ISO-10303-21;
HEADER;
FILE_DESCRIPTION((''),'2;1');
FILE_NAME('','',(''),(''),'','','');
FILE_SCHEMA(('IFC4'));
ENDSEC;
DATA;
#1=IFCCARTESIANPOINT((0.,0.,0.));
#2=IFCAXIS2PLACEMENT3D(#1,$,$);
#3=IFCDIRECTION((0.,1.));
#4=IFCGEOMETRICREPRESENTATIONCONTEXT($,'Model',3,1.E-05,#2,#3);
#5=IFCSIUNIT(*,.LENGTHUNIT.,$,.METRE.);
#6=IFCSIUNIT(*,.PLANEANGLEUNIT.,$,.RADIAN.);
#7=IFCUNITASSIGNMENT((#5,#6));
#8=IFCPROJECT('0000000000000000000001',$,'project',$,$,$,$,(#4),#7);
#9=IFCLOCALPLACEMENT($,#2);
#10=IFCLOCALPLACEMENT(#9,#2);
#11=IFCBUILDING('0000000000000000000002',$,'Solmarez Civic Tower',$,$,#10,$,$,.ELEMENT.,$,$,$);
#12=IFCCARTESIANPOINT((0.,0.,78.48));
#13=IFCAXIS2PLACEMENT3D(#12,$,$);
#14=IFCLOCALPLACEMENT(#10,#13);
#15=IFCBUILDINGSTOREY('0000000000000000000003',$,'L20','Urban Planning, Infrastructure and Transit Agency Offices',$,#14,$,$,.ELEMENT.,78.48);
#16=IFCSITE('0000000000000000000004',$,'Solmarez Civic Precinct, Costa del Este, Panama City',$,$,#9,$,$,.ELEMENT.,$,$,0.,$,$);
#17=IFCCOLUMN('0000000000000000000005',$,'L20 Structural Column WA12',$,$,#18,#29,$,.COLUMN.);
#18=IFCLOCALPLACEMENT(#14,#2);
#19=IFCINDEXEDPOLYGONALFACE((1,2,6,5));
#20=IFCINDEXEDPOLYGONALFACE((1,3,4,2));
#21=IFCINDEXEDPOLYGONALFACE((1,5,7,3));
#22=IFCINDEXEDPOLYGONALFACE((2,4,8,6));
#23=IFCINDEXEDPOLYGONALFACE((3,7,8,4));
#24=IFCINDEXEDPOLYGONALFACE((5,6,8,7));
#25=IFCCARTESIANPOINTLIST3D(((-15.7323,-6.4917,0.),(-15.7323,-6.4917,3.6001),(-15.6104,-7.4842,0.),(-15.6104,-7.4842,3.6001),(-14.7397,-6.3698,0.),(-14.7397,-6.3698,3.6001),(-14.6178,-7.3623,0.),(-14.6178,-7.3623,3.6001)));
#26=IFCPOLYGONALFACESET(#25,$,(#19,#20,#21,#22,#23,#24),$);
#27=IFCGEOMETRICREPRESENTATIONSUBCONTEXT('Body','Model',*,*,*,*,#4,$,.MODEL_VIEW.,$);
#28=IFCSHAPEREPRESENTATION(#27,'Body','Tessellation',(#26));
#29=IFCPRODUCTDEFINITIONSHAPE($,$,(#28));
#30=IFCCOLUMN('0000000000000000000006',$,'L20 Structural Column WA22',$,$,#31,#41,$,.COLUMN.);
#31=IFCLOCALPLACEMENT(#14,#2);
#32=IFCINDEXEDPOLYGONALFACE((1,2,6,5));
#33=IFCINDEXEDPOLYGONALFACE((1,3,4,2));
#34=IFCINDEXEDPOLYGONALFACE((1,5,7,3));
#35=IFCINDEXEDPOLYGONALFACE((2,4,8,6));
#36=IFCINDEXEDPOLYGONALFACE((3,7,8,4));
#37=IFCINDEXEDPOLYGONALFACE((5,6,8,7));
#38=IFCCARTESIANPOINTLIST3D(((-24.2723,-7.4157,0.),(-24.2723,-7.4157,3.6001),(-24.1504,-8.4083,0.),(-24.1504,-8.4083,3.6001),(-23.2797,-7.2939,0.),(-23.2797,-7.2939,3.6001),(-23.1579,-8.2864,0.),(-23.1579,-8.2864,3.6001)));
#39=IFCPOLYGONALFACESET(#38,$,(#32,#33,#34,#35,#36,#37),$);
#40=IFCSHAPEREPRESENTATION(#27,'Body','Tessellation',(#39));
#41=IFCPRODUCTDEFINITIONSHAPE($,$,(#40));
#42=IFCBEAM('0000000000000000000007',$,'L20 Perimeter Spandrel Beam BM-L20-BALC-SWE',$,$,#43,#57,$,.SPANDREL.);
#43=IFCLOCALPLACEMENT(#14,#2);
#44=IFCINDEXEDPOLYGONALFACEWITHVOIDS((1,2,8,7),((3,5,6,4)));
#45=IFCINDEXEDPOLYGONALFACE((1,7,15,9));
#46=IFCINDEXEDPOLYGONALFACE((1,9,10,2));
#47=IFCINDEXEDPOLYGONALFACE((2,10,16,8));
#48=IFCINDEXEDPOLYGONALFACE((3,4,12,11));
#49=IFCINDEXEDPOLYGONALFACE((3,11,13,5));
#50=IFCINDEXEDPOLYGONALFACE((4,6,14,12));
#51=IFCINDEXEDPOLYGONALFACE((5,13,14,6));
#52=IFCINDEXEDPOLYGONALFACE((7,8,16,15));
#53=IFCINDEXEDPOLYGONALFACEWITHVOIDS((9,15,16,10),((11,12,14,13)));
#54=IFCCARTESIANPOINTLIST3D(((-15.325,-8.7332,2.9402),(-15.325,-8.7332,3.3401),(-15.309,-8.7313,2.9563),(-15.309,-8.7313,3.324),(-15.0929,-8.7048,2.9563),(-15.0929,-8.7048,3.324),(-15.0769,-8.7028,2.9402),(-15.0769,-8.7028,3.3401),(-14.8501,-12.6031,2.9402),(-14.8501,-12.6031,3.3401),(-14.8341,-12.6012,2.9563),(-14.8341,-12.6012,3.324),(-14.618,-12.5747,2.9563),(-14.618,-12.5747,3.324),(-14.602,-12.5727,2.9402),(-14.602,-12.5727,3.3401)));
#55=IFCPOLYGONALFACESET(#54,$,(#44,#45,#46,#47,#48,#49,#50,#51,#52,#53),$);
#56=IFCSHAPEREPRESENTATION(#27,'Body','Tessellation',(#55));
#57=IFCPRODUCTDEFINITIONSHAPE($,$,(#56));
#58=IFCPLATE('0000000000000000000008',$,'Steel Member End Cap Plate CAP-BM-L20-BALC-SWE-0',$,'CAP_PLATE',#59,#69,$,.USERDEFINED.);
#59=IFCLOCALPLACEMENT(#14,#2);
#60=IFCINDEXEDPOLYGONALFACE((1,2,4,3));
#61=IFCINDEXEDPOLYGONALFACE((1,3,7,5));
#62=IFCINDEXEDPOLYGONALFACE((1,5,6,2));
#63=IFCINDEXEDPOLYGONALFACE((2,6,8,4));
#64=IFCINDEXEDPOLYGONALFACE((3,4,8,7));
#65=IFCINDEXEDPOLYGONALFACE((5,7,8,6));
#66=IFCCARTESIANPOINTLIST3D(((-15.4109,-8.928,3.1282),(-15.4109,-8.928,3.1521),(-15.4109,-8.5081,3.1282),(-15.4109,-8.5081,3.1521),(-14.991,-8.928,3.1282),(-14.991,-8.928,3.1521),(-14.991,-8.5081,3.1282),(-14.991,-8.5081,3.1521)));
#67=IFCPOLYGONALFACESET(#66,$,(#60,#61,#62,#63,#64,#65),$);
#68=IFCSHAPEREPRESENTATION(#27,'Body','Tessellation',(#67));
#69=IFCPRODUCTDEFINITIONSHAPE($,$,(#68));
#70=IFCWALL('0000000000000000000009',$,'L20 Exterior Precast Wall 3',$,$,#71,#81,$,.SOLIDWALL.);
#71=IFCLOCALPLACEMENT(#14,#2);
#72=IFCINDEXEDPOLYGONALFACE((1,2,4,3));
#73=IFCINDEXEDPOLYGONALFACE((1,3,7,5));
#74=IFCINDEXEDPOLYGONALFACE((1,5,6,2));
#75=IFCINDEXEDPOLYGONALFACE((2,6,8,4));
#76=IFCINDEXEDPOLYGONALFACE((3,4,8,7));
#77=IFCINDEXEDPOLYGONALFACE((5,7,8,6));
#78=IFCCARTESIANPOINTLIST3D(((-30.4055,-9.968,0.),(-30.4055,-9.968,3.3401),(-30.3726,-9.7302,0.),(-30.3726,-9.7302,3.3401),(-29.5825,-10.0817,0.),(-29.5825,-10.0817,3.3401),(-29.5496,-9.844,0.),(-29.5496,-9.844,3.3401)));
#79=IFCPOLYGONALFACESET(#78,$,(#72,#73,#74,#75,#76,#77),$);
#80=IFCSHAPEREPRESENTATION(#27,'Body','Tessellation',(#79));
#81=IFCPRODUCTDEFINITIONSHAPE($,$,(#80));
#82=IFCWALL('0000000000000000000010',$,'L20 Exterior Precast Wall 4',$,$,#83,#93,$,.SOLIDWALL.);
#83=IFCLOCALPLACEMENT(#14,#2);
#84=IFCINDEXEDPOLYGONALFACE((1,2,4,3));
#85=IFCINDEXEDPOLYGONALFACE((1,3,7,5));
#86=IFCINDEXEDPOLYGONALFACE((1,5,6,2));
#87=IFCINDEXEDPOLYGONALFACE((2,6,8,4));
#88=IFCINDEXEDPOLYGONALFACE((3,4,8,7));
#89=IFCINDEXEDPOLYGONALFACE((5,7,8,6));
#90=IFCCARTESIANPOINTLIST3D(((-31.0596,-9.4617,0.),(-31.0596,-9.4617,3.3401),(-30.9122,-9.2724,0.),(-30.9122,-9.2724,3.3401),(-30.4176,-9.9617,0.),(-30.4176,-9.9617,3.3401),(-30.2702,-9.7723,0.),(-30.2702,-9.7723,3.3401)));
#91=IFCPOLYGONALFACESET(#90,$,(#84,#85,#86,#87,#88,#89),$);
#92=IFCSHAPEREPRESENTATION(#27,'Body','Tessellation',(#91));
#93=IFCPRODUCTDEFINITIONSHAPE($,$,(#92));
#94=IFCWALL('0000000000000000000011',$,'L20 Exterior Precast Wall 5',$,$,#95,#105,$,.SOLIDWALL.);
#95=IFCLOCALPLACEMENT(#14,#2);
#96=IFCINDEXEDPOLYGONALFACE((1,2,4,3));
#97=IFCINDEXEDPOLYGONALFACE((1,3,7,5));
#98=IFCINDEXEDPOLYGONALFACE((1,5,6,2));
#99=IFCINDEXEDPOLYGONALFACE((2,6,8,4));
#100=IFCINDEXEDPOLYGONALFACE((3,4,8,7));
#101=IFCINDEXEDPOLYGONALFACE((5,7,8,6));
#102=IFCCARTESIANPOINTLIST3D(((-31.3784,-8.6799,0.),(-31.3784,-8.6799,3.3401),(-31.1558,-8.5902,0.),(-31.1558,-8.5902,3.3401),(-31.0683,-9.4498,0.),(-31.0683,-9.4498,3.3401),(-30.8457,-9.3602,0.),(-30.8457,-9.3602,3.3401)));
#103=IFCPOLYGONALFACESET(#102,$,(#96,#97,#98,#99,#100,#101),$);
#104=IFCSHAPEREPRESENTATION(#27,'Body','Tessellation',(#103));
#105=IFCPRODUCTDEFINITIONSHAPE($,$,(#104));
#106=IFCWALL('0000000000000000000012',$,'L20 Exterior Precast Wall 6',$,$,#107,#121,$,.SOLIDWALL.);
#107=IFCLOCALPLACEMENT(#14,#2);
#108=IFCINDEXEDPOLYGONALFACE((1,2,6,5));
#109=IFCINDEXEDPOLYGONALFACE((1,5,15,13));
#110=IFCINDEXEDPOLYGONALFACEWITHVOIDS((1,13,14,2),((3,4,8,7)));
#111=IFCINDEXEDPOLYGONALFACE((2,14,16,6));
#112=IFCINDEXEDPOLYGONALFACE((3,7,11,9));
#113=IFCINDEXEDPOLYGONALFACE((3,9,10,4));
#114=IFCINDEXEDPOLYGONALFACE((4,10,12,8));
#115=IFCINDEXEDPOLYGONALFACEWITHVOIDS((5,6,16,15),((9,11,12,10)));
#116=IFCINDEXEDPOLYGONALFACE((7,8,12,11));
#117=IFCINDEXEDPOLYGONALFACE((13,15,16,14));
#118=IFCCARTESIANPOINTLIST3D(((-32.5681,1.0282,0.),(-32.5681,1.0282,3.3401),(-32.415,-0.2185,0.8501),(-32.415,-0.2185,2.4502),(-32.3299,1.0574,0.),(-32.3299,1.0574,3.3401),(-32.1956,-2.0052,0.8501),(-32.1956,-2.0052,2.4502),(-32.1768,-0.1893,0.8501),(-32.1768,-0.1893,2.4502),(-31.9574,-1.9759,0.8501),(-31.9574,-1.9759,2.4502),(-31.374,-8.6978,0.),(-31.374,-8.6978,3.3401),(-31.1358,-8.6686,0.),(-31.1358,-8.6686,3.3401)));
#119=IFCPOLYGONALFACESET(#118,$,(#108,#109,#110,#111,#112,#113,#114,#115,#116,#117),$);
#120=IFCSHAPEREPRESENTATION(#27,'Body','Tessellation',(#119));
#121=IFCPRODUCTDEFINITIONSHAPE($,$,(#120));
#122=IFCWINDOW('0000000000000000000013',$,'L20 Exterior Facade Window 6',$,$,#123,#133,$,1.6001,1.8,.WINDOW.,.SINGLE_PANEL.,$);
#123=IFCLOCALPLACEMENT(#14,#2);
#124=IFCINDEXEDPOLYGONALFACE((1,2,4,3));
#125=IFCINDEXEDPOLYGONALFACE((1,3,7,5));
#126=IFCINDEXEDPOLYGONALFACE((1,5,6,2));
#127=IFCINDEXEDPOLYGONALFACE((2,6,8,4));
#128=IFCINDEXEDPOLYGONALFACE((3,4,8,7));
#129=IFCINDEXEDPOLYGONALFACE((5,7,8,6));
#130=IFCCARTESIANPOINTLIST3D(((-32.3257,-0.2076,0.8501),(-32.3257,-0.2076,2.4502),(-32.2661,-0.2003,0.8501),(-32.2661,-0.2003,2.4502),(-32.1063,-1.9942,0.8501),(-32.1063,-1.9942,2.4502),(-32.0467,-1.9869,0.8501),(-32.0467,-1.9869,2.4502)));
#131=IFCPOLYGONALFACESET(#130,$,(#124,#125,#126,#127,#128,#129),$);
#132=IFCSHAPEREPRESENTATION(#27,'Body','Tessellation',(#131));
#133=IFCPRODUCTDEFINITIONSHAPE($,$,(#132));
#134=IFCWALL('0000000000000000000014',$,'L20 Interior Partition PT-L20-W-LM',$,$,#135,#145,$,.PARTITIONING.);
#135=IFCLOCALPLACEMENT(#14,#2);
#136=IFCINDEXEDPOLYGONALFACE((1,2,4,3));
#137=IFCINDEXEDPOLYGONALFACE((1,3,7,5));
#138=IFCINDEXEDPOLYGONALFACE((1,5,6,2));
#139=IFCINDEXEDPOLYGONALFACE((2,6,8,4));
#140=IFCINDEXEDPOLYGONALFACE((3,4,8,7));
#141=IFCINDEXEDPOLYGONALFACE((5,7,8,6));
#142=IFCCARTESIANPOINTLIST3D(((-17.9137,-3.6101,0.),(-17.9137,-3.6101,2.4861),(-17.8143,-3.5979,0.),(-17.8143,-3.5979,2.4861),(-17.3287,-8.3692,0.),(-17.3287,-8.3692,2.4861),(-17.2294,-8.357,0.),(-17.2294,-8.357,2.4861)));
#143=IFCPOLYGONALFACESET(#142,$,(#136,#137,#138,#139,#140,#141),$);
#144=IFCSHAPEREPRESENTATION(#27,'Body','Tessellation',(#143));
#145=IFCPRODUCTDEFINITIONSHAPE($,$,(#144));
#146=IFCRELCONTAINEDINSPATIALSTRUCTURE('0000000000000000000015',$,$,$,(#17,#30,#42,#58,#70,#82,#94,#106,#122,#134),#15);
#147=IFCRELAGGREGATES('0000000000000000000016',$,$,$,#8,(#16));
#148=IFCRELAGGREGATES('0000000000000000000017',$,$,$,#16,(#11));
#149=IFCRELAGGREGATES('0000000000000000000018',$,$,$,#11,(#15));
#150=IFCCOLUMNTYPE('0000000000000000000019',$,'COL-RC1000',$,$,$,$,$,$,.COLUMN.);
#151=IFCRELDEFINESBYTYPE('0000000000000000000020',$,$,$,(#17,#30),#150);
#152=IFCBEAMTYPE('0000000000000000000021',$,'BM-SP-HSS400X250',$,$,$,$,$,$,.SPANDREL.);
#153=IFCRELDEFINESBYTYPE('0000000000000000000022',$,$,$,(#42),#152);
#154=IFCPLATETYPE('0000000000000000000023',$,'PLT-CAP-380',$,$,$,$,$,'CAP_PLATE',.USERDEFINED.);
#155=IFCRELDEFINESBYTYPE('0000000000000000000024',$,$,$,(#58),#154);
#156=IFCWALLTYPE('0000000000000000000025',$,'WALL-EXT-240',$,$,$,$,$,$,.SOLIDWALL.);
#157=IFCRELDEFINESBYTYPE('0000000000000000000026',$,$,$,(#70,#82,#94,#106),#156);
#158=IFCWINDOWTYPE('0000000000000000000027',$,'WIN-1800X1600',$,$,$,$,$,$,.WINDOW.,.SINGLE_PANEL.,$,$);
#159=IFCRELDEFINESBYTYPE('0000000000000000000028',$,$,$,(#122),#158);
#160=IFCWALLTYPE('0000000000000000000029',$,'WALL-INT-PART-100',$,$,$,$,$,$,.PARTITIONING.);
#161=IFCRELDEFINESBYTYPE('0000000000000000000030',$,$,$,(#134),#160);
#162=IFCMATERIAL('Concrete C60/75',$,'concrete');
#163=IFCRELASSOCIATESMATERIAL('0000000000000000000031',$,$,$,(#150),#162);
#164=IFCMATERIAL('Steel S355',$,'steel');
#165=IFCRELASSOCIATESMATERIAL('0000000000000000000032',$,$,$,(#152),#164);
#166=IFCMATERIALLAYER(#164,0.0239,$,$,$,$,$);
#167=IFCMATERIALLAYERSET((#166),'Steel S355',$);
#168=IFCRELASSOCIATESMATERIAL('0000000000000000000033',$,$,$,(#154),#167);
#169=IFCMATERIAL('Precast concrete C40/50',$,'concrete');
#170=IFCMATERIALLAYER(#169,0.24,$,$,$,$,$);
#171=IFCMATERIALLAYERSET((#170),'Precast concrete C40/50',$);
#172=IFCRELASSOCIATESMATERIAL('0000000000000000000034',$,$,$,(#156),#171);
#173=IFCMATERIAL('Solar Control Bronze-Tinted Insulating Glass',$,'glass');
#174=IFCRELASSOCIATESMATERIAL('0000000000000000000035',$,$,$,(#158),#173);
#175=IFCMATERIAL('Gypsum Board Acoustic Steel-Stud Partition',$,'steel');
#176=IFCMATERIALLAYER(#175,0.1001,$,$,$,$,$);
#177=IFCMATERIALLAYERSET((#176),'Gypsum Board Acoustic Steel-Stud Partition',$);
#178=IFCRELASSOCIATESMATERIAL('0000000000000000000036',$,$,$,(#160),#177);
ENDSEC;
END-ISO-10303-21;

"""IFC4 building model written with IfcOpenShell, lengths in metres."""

from ifc_helpers import new_model, si_unit, direction, frame, frame_2d, origin, origin_2d, place, context, subcontext, project, spatial, rectangle, hollow_rectangle, extrude, material, layer, layer_set, material_profile, profile_set, type_object, element, fill, save


model = new_model("IFC4")

# Units and contexts
model_context = context("Model", 3, precision=1e-05, world=origin(), true_north=direction((0.0, 1.0)))
body_context = subcontext(model_context, "Body", "Model", "MODEL_VIEW")
ifc_project = project(units=[si_unit("LENGTHUNIT", "METRE"), si_unit("PLANEANGLEUNIT", "RADIAN")], contexts=[model_context])

# Site, building, storey
site_placement = place(None, origin())
site = spatial("IfcSite", under=ifc_project, at=site_placement, Name="Solmarez Civic Precinct, Costa del Este, Panama City", CompositionType="ELEMENT", RefElevation=0.0)
building_placement = place(site_placement, origin())
building = spatial("IfcBuilding", under=site, at=building_placement, Name="Solmarez Civic Tower", CompositionType="ELEMENT")
storey_placement = place(building_placement, frame((0.0, 0.0, 78.48)))
storey = spatial("IfcBuildingStorey", under=building, at=storey_placement, Name="L20", Description="Urban Planning, Infrastructure and Transit Agency Offices", CompositionType="ELEMENT", Elevation=78.48)

# Columns
ifc_material_1 = material(Name="Concrete C60/75", Category="concrete")
ifc_material_profile_1 = material_profile(ifc_material_1, rectangle(XDim=1.0, YDim=1.0, at=origin_2d()), Name="RC1000X1000")
ifc_profile_set_1 = profile_set([ifc_material_profile_1], Name="Concrete C60/75")
column_type = type_object("IfcColumnType", Name="COL-RC1000", PredefinedType="COLUMN", material=ifc_profile_set_1)
for number, where, z_axis, x_axis, name in (
    (1, (-15.175, -6.927, 0.0), (0.0, 0.0, 1.0), (0.992546, 0.121869, 0.0), "L20 Structural Column WA12"),
    (2, (-23.7151, -7.8511, 0.0), (0.0, 0.0, 1.0), (0.992546, 0.121869, 0.0), "L20 Structural Column WA22"),
):
    element("IfcColumn", number, at=place(storey_placement, frame(where, z_axis=z_axis, x_axis=x_axis)), inside=storey, type_object=column_type, Name=name, PredefinedType="COLUMN", context=body_context, shape_type="SweptSolid", body=[
        extrude(rectangle(XDim=1.0, YDim=1.0, at=origin_2d()), origin(), (0.0, 0.0, 1.0), 3.6001),
    ])

# Beam
ifc_material_2 = material(Name="Steel S355", Category="steel")
ifc_material_profile_2 = material_profile(ifc_material_2, hollow_rectangle(XDim=0.25, YDim=0.3999, WallThickness=0.0161, at=origin_2d()), Name="HSS400X250X16")
ifc_profile_set_2 = profile_set([ifc_material_profile_2], Name="Steel S355")
beam_type = type_object("IfcBeamType", Name="BM-SP-HSS400X250", PredefinedType="SPANDREL", material=ifc_profile_set_2)
beam_placement = place(storey_placement, frame((-15.2009, -8.718, 3.1401), z_axis=(0.121792, -0.992556, 0.0), x_axis=(0.992556, 0.121792, 0.0)))
element("IfcBeam", 3, at=beam_placement, inside=storey, type_object=beam_type, Name="L20 Perimeter Spandrel Beam BM-L20-BALC-SWE", PredefinedType="SPANDREL", context=body_context, shape_type="SweptSolid", body=[
    extrude(hollow_rectangle(XDim=0.25, YDim=0.3999, WallThickness=0.0161, at=origin_2d()), origin(), (0.0, 0.0, 1.0), 3.8989),
])

# Plate
ifc_layer_1 = layer(ifc_material_2, 0.0239)
ifc_layer_set_1 = layer_set([ifc_layer_1], Name="Steel S355")
plate_type = type_object("IfcPlateType", Name="PLT-CAP-380", ElementType="CAP_PLATE", PredefinedType="USERDEFINED", material=ifc_layer_set_1)
plate_placement = place(storey_placement, frame((-15.2009, -8.718, 3.1282), z_axis=(0.0, 0.0, 1.0), x_axis=(1.0, 0.0, 0.0)))
element("IfcPlate", 4, at=plate_placement, inside=storey, type_object=plate_type, Name="Steel Member End Cap Plate CAP-BM-L20-BALC-SWE-0", ObjectType="CAP_PLATE", PredefinedType="USERDEFINED", context=body_context, shape_type="SweptSolid", body=[
    extrude(rectangle(XDim=0.4199, YDim=0.4199, at=origin_2d()), origin(), (0.0, 0.0, 1.0), 0.0239),
])

# Walls
ifc_material_3 = material(Name="Precast concrete C40/50", Category="concrete")
ifc_layer_2 = layer(ifc_material_3, 0.24)
ifc_layer_set_2 = layer_set([ifc_layer_2], Name="Precast concrete C40/50")
wall_type_1 = type_object("IfcWallType", Name="WALL-EXT-240", PredefinedType="SOLIDWALL", material=ifc_layer_set_2)
wall_1_placement = place(storey_placement, frame((-29.5659, -9.9629, 0.0), z_axis=(0.0, 0.0, 1.0), x_axis=(-0.99058, 0.136936, 0.0)))
element("IfcWall", 5, at=wall_1_placement, inside=storey, type_object=wall_type_1, Name="L20 Exterior Precast Wall 3", PredefinedType="SOLIDWALL", context=body_context, shape_type="SweptSolid", body=[
    extrude(rectangle(XDim=0.8308, YDim=0.24, at=frame_2d((0.4155, 0.0))), origin(), (0.0, 0.0, 1.0), 3.3401),
])
wall_2_placement = place(storey_placement, frame((-30.344, -9.8669, 0.0), z_axis=(0.0, 0.0, 1.0), x_axis=(-0.788997, 0.614397, 0.0)))
element("IfcWall", 6, at=wall_2_placement, inside=storey, type_object=wall_type_1, Name="L20 Exterior Precast Wall 4", PredefinedType="SOLIDWALL", context=body_context, shape_type="SweptSolid", body=[
    extrude(rectangle(XDim=0.8137, YDim=0.24, at=frame_2d((0.4067, 0.0))), origin(), (0.0, 0.0, 1.0), 3.3401),
])
wall_3_placement = place(storey_placement, frame((-30.957, -9.405, 0.0), z_axis=(0.0, 0.0, 1.0), x_axis=(-0.373519, 0.927622, 0.0)))
element("IfcWall", 7, at=wall_3_placement, inside=storey, type_object=wall_type_1, Name="L20 Exterior Precast Wall 5", PredefinedType="SOLIDWALL", context=body_context, shape_type="SweptSolid", body=[
    extrude(rectangle(XDim=0.8301, YDim=0.24, at=frame_2d((0.415, 0.0))), origin(), (0.0, 0.0, 1.0), 3.3401),
])

# Wall, opening, window
wall_4_placement = place(storey_placement, frame((-31.2549, -8.6831, 0.0), z_axis=(0.0, 0.0, 1.0), x_axis=(-0.121857, 0.992548, 0.0)))
wall_4 = element("IfcWall", 8, at=wall_4_placement, inside=storey, type_object=wall_type_1, Name="L20 Exterior Precast Wall 6", PredefinedType="SOLIDWALL", context=body_context, shape_type="SweptSolid", body=[
    extrude(rectangle(XDim=9.7991, YDim=0.24, at=frame_2d((4.8994, 0.0))), origin(), (0.0, 0.0, 1.0), 3.3401),
])
opening_1_placement = place(wall_4_placement, frame((6.7429, 0.0, 0.8501)))
opening_1 = element("IfcOpeningElement", 9, at=opening_1_placement, cuts=wall_4, PredefinedType="OPENING", context=body_context, shape_type="SweptSolid", body=[
    extrude(rectangle(XDim=1.8, YDim=1.6001, at=frame_2d((0.8999, 0.8))), frame((0.0, 0.1299, 0.0), z_axis=(0.0, -1.0, 0.0), x_axis=(1.0, 0.0, 0.0)), (0.0, 0.0, 1.0), 0.26),
])
ifc_material_4 = material(Name="Solar Control Bronze-Tinted Insulating Glass", Category="glass")
window_type = type_object("IfcWindowType", Name="WIN-1800X1600", PartitioningType="SINGLE_PANEL", PredefinedType="WINDOW", material=ifc_material_4)
window_placement = place(opening_1_placement, origin())
window = element("IfcWindow", 10, at=window_placement, inside=storey, type_object=window_type, Name="L20 Exterior Facade Window 6", OverallHeight=1.6001, OverallWidth=1.8, PartitioningType="SINGLE_PANEL", PredefinedType="WINDOW", context=body_context, shape_type="SweptSolid", body=[
    extrude(rectangle(XDim=1.8, YDim=1.6001, at=frame_2d((0.8999, 0.8))), frame((0.0, 0.03, 0.0), z_axis=(0.0, -1.0, 0.0), x_axis=(1.0, 0.0, 0.0)), (0.0, 0.0, 1.0), 0.0601),
])
fill(opening_1, window)

# Wall
ifc_material_5 = material(Name="Gypsum Board Acoustic Steel-Stud Partition", Category="steel")
ifc_layer_3 = layer(ifc_material_5, 0.1001)
ifc_layer_set_3 = layer_set([ifc_layer_3], Name="Gypsum Board Acoustic Steel-Stud Partition")
wall_type_2 = type_object("IfcWallType", Name="WALL-INT-PART-100", PredefinedType="PARTITIONING", material=ifc_layer_set_3)
wall_5_placement = place(storey_placement, frame((-17.864, -3.604, 0.0), z_axis=(0.0, 0.0, 1.0), x_axis=(0.121998, -0.99253, 0.0)))
element("IfcWall", 11, at=wall_5_placement, inside=storey, type_object=wall_type_2, Name="L20 Interior Partition PT-L20-W-LM", PredefinedType="PARTITIONING", context=body_context, shape_type="SweptSolid", body=[
    extrude(rectangle(XDim=4.7949, YDim=0.1001, at=frame_2d((2.3975, 0.0))), origin(), (0.0, 0.0, 1.0), 2.4861),
])

save(model, "model.ifc")
